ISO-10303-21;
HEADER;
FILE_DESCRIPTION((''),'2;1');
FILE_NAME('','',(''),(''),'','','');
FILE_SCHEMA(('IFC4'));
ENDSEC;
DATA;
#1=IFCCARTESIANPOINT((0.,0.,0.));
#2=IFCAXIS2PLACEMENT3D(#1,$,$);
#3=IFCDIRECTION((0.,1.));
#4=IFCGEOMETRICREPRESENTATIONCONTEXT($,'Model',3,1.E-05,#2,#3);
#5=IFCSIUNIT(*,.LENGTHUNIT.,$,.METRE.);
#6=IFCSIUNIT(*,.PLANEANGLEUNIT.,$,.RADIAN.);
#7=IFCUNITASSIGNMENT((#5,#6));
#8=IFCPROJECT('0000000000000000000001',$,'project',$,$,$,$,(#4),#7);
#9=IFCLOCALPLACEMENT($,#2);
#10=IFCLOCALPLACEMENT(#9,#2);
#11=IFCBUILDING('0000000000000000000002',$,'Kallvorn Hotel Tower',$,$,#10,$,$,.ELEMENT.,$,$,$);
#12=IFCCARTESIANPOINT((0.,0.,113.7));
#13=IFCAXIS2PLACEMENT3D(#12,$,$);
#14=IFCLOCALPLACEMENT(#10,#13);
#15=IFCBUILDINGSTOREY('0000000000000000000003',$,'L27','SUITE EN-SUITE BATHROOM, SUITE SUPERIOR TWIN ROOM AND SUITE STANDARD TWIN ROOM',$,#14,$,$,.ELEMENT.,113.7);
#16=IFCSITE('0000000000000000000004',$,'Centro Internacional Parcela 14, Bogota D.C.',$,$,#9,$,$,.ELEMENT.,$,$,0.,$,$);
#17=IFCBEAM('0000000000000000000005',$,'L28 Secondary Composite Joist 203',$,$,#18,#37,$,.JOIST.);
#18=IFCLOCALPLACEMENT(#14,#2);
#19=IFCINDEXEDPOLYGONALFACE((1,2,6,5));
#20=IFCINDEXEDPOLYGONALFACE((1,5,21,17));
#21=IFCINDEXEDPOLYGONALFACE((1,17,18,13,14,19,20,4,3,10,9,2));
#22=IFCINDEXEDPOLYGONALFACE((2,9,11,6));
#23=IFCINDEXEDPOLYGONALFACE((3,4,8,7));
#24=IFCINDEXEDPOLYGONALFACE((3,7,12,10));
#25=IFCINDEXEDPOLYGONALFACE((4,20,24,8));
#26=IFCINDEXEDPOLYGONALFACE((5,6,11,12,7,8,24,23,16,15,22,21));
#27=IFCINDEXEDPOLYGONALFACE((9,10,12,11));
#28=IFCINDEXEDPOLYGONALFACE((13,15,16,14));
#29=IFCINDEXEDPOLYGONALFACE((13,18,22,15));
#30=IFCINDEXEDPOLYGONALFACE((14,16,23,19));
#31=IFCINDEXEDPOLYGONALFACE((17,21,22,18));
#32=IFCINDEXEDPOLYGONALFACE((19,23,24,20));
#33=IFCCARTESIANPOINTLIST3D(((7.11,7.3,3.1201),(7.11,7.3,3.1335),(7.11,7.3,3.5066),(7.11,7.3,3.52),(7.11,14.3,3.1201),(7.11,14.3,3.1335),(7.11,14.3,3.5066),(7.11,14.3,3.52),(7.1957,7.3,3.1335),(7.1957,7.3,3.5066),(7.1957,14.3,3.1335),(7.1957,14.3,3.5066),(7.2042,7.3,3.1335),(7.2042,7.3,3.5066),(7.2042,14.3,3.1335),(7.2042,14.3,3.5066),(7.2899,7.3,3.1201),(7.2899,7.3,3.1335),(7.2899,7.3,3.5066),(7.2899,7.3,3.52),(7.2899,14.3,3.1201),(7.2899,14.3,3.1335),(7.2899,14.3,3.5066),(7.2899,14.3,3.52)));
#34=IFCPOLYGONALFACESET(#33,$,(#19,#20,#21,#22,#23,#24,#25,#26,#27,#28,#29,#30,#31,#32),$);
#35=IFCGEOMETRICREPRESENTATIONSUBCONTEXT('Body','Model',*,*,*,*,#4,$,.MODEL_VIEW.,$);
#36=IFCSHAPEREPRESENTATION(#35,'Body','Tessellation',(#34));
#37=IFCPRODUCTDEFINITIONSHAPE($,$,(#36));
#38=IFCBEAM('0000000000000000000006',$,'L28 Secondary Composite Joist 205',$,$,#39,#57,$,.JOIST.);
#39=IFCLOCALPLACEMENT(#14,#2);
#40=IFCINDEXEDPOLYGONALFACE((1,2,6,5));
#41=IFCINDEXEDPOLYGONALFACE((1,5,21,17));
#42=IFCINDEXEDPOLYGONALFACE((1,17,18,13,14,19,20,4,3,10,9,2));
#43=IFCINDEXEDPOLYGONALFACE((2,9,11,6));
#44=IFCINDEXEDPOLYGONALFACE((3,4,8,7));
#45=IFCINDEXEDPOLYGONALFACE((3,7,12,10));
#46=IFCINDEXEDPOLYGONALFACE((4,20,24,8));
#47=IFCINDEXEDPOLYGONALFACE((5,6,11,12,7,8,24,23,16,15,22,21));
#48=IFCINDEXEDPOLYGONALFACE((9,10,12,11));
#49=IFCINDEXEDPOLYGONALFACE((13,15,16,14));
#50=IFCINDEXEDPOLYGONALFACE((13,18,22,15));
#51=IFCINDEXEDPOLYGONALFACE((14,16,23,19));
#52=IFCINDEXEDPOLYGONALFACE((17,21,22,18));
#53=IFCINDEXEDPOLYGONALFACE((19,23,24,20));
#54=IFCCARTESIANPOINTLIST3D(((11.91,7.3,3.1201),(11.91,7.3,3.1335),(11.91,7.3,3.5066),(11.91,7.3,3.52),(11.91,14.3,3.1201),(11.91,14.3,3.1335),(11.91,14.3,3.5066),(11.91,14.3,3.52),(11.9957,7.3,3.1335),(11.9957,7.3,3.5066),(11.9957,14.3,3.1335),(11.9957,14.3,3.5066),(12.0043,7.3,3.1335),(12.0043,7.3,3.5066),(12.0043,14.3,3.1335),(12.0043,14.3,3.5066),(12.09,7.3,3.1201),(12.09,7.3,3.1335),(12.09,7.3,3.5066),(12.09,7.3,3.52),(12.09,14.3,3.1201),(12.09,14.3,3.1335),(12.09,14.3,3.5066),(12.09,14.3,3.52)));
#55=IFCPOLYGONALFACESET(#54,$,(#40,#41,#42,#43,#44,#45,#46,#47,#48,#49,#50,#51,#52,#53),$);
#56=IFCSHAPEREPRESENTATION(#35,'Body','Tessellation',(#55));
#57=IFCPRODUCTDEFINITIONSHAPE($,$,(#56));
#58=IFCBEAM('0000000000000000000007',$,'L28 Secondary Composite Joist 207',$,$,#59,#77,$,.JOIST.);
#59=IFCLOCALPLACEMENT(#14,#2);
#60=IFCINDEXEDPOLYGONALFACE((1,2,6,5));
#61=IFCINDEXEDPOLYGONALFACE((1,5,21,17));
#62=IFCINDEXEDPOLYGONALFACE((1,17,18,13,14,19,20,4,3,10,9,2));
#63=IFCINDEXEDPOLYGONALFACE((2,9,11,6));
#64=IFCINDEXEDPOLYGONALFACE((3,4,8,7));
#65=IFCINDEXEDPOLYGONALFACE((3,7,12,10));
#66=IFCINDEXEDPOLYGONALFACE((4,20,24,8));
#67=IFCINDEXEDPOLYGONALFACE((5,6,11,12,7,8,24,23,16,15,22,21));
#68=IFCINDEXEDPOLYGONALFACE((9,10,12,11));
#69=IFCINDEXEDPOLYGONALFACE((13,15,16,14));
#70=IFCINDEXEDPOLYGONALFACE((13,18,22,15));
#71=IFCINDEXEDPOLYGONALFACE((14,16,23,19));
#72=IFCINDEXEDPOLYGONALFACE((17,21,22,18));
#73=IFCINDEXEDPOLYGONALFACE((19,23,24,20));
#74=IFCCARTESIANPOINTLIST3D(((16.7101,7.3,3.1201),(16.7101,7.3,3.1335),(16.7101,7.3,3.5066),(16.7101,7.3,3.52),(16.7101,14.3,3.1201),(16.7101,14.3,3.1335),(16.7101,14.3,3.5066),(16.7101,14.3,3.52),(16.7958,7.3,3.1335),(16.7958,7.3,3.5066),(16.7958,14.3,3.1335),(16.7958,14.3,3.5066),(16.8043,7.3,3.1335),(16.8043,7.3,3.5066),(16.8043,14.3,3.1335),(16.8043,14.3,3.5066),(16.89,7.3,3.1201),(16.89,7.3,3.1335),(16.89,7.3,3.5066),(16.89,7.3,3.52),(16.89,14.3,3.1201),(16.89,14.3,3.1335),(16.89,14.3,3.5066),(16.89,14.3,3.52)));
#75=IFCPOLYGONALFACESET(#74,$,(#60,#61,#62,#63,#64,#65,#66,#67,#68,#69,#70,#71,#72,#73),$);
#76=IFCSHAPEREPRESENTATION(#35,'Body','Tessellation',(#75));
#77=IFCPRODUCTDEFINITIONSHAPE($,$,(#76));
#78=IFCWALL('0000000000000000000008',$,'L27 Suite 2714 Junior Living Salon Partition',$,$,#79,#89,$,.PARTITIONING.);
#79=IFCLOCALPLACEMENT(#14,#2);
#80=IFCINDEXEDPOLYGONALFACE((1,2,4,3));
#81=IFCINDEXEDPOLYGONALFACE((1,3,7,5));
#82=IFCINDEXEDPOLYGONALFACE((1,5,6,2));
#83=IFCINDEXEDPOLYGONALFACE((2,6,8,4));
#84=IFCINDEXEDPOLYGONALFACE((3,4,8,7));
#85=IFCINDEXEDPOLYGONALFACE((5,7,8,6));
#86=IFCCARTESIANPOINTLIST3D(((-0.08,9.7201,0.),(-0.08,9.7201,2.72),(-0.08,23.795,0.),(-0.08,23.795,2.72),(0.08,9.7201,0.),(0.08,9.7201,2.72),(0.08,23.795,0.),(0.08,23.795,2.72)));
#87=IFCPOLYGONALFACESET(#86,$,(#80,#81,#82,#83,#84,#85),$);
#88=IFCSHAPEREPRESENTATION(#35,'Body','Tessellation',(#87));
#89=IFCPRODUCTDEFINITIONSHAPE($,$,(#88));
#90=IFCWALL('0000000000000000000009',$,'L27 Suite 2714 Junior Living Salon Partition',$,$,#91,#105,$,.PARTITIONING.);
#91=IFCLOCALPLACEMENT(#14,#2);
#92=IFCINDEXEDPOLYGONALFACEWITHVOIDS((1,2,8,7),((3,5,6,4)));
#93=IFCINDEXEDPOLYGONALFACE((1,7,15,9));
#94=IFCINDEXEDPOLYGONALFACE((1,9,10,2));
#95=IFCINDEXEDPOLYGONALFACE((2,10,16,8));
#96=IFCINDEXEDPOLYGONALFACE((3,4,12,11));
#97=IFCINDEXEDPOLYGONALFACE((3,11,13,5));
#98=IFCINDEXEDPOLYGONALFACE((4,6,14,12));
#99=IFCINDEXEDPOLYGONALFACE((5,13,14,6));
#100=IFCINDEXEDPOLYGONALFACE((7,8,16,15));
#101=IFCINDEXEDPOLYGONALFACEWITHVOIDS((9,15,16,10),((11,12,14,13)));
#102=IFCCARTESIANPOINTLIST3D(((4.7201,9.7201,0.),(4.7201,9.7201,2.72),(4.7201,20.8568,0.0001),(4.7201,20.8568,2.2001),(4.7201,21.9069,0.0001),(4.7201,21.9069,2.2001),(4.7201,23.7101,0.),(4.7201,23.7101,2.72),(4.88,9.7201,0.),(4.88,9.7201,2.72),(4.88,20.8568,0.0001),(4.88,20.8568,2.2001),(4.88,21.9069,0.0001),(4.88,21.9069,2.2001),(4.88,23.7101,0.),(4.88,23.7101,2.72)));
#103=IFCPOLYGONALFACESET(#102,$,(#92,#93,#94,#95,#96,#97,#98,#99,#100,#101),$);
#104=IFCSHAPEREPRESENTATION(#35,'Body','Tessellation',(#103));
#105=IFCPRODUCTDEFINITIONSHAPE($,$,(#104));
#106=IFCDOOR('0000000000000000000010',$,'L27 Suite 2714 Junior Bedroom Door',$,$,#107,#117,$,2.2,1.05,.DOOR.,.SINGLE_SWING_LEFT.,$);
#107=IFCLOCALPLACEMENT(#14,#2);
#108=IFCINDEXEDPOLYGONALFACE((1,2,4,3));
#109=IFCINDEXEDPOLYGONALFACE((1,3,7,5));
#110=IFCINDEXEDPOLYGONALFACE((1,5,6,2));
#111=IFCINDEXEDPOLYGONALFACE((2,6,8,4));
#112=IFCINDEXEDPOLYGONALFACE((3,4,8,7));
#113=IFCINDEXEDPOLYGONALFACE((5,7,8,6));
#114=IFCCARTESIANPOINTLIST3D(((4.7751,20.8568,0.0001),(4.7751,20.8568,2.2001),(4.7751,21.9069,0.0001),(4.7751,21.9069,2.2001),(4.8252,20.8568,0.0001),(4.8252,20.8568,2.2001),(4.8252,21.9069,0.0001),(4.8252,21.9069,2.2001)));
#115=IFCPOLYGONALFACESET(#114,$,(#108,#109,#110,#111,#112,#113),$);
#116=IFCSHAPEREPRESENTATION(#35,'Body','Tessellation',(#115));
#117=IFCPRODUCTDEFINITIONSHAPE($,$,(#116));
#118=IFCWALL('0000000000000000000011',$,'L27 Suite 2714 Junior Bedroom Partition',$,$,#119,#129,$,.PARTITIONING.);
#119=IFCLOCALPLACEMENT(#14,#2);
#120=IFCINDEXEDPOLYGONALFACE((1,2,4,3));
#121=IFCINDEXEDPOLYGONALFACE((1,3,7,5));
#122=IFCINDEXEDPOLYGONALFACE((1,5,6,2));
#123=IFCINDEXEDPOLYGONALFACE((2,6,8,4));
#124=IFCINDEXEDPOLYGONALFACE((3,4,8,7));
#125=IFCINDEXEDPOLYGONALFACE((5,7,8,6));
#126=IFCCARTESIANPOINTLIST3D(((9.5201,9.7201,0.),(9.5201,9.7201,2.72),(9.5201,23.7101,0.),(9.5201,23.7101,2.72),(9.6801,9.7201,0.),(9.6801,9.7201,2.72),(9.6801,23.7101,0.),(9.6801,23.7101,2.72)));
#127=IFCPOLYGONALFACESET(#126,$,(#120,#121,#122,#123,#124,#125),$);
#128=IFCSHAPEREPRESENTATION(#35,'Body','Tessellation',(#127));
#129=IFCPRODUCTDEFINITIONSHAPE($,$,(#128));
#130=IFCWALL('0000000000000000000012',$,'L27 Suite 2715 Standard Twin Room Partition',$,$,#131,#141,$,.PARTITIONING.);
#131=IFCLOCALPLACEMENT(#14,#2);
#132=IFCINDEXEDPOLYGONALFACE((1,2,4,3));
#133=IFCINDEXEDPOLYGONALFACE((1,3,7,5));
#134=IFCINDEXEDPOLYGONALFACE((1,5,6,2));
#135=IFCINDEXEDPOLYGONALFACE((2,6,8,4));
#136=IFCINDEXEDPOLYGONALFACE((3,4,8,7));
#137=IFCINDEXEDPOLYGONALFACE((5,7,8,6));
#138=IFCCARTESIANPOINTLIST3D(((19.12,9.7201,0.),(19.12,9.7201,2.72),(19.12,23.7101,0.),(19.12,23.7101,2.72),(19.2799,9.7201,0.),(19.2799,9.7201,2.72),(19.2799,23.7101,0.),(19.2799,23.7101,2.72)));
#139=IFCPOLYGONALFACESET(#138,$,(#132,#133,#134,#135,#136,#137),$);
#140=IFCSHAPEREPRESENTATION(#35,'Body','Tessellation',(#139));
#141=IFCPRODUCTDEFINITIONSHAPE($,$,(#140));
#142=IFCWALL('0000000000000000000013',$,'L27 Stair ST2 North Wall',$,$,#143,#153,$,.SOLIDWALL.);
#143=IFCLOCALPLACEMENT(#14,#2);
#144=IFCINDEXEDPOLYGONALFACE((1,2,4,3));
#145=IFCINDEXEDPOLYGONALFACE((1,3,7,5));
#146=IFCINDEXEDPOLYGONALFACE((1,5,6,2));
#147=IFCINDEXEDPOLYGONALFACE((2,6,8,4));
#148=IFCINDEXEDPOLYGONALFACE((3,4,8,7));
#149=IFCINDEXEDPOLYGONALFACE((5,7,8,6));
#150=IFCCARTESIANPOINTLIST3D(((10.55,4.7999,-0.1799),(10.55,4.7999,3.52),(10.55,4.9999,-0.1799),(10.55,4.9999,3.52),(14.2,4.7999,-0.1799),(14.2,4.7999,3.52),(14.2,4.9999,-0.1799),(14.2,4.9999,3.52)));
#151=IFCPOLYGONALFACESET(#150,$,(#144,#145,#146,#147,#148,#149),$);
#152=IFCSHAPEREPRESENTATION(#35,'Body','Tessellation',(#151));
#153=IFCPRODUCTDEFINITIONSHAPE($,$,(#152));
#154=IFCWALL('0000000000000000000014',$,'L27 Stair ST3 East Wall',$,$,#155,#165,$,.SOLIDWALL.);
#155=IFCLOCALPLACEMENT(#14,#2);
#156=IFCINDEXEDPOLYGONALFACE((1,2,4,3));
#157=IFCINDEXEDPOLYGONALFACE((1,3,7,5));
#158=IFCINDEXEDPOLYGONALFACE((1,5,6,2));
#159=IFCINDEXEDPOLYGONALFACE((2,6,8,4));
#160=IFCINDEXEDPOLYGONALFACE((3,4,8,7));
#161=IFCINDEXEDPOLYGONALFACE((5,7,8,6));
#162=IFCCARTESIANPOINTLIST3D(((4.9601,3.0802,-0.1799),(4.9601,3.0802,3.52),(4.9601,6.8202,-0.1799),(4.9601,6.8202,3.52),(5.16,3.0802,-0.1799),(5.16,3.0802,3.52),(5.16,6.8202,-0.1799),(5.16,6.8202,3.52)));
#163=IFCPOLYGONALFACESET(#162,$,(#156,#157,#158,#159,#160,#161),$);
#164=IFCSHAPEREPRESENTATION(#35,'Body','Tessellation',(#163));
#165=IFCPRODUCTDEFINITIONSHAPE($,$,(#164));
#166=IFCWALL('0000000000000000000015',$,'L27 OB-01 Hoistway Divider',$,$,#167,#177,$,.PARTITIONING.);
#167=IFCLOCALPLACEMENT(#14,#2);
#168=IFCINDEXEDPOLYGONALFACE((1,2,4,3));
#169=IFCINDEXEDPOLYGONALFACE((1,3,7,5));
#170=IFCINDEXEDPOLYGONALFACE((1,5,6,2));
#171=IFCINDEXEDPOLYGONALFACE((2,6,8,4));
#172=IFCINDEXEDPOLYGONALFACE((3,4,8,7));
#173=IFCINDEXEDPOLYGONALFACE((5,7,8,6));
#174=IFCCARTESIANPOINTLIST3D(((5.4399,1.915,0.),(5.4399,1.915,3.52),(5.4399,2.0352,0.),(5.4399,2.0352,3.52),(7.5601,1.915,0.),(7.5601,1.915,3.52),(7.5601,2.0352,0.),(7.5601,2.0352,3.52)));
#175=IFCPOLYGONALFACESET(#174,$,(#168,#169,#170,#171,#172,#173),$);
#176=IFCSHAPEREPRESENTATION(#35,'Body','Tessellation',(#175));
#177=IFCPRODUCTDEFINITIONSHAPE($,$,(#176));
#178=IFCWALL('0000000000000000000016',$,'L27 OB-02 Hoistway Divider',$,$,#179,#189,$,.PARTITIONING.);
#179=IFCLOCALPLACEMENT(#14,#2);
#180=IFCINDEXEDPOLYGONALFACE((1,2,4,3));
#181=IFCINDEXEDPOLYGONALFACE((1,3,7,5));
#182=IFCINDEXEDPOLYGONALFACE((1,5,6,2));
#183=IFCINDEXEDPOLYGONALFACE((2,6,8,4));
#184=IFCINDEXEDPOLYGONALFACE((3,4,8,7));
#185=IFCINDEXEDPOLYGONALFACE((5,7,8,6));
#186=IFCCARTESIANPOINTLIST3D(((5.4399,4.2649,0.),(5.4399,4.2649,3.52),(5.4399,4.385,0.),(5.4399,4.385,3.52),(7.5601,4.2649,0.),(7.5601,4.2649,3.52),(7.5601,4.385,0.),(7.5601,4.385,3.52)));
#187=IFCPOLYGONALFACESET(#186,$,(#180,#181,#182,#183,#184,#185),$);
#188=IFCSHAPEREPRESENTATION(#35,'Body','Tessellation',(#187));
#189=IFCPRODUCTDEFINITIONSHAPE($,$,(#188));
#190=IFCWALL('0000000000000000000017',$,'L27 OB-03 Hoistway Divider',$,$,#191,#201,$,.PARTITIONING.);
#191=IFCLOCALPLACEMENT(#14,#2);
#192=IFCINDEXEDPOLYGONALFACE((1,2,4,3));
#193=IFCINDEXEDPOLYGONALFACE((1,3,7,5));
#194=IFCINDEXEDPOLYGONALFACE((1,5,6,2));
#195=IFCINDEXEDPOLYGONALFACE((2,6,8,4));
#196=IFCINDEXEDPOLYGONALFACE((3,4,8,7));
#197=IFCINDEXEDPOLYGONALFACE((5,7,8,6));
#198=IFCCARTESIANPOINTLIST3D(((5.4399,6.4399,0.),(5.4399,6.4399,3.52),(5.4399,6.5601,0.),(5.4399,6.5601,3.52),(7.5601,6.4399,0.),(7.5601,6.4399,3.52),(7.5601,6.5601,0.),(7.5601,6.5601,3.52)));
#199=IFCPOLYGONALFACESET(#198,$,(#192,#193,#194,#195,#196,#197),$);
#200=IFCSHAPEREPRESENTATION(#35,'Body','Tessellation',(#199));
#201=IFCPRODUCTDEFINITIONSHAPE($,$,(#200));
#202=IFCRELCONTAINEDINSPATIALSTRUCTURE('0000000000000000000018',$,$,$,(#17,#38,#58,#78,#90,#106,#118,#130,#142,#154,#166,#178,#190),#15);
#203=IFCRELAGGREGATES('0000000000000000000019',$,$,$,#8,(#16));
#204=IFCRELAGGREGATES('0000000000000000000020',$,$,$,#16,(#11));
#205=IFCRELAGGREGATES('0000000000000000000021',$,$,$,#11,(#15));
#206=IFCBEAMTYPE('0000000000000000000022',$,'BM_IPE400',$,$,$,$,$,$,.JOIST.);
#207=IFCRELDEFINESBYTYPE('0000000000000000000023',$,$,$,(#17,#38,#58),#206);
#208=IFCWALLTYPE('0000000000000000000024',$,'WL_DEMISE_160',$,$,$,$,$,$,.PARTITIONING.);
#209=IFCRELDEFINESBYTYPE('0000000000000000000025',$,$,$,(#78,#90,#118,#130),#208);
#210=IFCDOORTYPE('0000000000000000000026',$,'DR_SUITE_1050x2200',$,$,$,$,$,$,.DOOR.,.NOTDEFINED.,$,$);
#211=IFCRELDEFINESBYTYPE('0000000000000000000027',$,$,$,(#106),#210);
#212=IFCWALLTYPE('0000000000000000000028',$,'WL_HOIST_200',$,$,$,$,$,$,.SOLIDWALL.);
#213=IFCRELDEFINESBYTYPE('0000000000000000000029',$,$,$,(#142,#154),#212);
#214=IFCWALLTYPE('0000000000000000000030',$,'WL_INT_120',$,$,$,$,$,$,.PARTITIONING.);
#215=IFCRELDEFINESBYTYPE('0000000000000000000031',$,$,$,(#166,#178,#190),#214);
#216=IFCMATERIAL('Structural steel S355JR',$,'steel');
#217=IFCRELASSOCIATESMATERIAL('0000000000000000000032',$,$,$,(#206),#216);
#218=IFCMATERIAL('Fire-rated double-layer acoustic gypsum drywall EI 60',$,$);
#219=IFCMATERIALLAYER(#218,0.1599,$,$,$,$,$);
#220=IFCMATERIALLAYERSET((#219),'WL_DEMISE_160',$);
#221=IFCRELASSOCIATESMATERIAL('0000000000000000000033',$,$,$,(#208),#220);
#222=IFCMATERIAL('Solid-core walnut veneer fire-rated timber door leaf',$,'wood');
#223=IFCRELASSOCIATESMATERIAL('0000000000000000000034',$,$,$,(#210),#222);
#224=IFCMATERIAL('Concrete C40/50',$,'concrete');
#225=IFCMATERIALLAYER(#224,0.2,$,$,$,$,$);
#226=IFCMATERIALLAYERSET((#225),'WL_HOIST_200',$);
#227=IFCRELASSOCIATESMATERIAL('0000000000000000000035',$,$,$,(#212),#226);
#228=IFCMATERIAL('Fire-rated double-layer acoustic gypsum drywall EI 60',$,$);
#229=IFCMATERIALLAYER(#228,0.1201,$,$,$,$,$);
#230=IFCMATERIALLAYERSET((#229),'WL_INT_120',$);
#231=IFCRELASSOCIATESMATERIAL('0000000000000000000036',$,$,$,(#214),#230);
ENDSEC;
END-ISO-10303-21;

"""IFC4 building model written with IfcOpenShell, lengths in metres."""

from ifc_helpers import new_model, si_unit, direction, frame, frame_2d, origin, origin_2d, place, context, subcontext, project, spatial, rectangle, i_section, extrude, material, layer, layer_set, material_profile, profile_set, type_object, element, fill, save


model = new_model("IFC4")

# Units and contexts
model_context = context("Model", 3, precision=1e-05, world=origin(), true_north=direction((0.0, 1.0)))
body_context = subcontext(model_context, "Body", "Model", "MODEL_VIEW")
ifc_project = project(units=[si_unit("LENGTHUNIT", "METRE"), si_unit("PLANEANGLEUNIT", "RADIAN")], contexts=[model_context])

# Site, building, storey
site_placement = place(None, origin())
site = spatial("IfcSite", under=ifc_project, at=site_placement, Name="Centro Internacional Parcela 14, Bogota D.C.", CompositionType="ELEMENT", RefElevation=0.0)
building_placement = place(site_placement, origin())
building = spatial("IfcBuilding", under=site, at=building_placement, Name="Kallvorn Hotel Tower", CompositionType="ELEMENT")
storey_placement = place(building_placement, frame((0.0, 0.0, 113.7)))
storey = spatial("IfcBuildingStorey", under=building, at=storey_placement, Name="L27", Description="SUITE EN-SUITE BATHROOM, SUITE SUPERIOR TWIN ROOM AND SUITE STANDARD TWIN ROOM", CompositionType="ELEMENT", Elevation=113.7)

# Beams
ifc_material_1 = material(Name="Structural steel S355JR", Category="steel")
ifc_material_profile_1 = material_profile(ifc_material_1, i_section(OverallWidth=0.1799, OverallDepth=0.3999, WebThickness=0.0085, FlangeThickness=0.0134, at=origin_2d()), Name="IPE 400")
ifc_profile_set_1 = profile_set([ifc_material_profile_1], Name="Structural steel S355JR")
beam_type_1 = type_object("IfcBeamType", Name="BM_IPE400", PredefinedType="JOIST", material=ifc_profile_set_1)
for number, where, z_axis, x_axis, name in (
    (1, (7.2, 7.3, 3.3201), (0.0, 1.0, 0.0), (-1.0, 0.0, 0.0), "L28 Secondary Composite Joist 203"),
    (2, (12.0, 7.3, 3.3201), (0.0, 1.0, 0.0), (-1.0, 0.0, 0.0), "L28 Secondary Composite Joist 205"),
    (3, (16.8, 7.3, 3.3201), (0.0, 1.0, 0.0), (-1.0, 0.0, 0.0), "L28 Secondary Composite Joist 207"),
):
    element("IfcBeam", number, at=place(storey_placement, frame(where, z_axis=z_axis, x_axis=x_axis)), inside=storey, type_object=beam_type_1, Name=name, PredefinedType="JOIST", context=body_context, shape_type="SweptSolid", body=[
        extrude(i_section(OverallWidth=0.1799, OverallDepth=0.3999, WebThickness=0.0085, FlangeThickness=0.0134, at=origin_2d()), origin(), (0.0, 0.0, 1.0), 7.0),
    ])

# Wall
ifc_material_2 = material(Name="Fire-rated double-layer acoustic gypsum drywall EI 60")
ifc_layer_1 = layer(ifc_material_2, 0.1599)
ifc_layer_set_1 = layer_set([ifc_layer_1], Name="WL_DEMISE_160")
wall_type_1 = type_object("IfcWallType", Name="WL_DEMISE_160", PredefinedType="PARTITIONING", material=ifc_layer_set_1)
wall_1_placement = place(storey_placement, frame((0.0, 9.72, 0.0), z_axis=(0.0, 0.0, 1.0), x_axis=(0.0, 1.0, 0.0)))
element("IfcWall", 4, at=wall_1_placement, inside=storey, type_object=wall_type_1, Name="L27 Suite 2714 Junior Living Salon Partition", PredefinedType="PARTITIONING", context=body_context, shape_type="SweptSolid", body=[
    extrude(rectangle(XDim=14.075, YDim=0.1599, at=frame_2d((7.0376, 0.0))), origin(), (0.0, 0.0, 1.0), 2.72),
])

# Wall, opening, door
wall_2_placement = place(storey_placement, frame((4.8, 9.72, 0.0), z_axis=(0.0, 0.0, 1.0), x_axis=(0.0, 1.0, 0.0)))
wall_2 = element("IfcWall", 5, at=wall_2_placement, inside=storey, type_object=wall_type_1, Name="L27 Suite 2714 Junior Living Salon Partition", PredefinedType="PARTITIONING", context=body_context, shape_type="SweptSolid", body=[
    extrude(rectangle(XDim=13.99, YDim=0.1599, at=frame_2d((6.9951, 0.0))), origin(), (0.0, 0.0, 1.0), 2.72),
])
opening_1_placement = place(wall_2_placement, frame((11.137, 0.0, 0.0)))
opening_1 = element("IfcOpeningElement", 6, at=opening_1_placement, cuts=wall_2, PredefinedType="OPENING", context=body_context, shape_type="SweptSolid", body=[
    extrude(rectangle(XDim=1.05, YDim=2.2, at=frame_2d((0.5249, 1.1001))), frame((0.0, 0.095, 0.0), z_axis=(0.0, -1.0, 0.0), x_axis=(1.0, 0.0, 0.0)), (0.0, 0.0, 1.0), 0.1899),
])
ifc_material_3 = material(Name="Solid-core walnut veneer fire-rated timber door leaf", Category="wood")
door_type_1 = type_object("IfcDoorType", Name="DR_SUITE_1050x2200", OperationType="NOTDEFINED", PredefinedType="DOOR", material=ifc_material_3)
door_1_placement = place(opening_1_placement, origin())
door_1 = element("IfcDoor", 7, at=door_1_placement, inside=storey, type_object=door_type_1, Name="L27 Suite 2714 Junior Bedroom Door", OperationType="SINGLE_SWING_LEFT", OverallHeight=2.2, OverallWidth=1.05, PredefinedType="DOOR", context=body_context, shape_type="SweptSolid", body=[
    extrude(rectangle(XDim=1.05, YDim=2.2, at=frame_2d((0.5249, 1.1001))), frame((0.0, 0.0249, 0.0), z_axis=(0.0, -1.0, 0.0), x_axis=(1.0, 0.0, 0.0)), (0.0, 0.0, 1.0), 0.05),
])
fill(opening_1, door_1)

# Walls
for number, where, z_axis, x_axis, name in (
    (8, (9.6001, 9.72, 0.0), (0.0, 0.0, 1.0), (0.0, 1.0, 0.0), "L27 Suite 2714 Junior Bedroom Partition"),
    (9, (19.2, 9.72, 0.0), (0.0, 0.0, 1.0), (0.0, 1.0, 0.0), "L27 Suite 2715 Standard Twin Room Partition"),
):
    element("IfcWall", number, at=place(storey_placement, frame(where, z_axis=z_axis, x_axis=x_axis)), inside=storey, type_object=wall_type_1, Name=name, PredefinedType="PARTITIONING", context=body_context, shape_type="SweptSolid", body=[
        extrude(rectangle(XDim=13.99, YDim=0.1599, at=frame_2d((6.9951, 0.0))), origin(), (0.0, 0.0, 1.0), 2.72),
    ])
ifc_material_4 = material(Name="Concrete C40/50", Category="concrete")
ifc_layer_2 = layer(ifc_material_4, 0.2)
ifc_layer_set_2 = layer_set([ifc_layer_2], Name="WL_HOIST_200")
wall_type_2 = type_object("IfcWallType", Name="WL_HOIST_200", PredefinedType="SOLIDWALL", material=ifc_layer_set_2)
wall_3_placement = place(storey_placement, frame((10.55, 4.8999, -0.1799), z_axis=(0.0, 0.0, 1.0), x_axis=(1.0, 0.0, 0.0)))
element("IfcWall", 10, at=wall_3_placement, inside=storey, type_object=wall_type_2, Name="L27 Stair ST2 North Wall", PredefinedType="SOLIDWALL", context=body_context, shape_type="SweptSolid", body=[
    extrude(rectangle(XDim=3.6499, YDim=0.2, at=frame_2d((1.825, 0.0))), origin(), (0.0, 0.0, 1.0), 3.7),
])
wall_4_placement = place(storey_placement, frame((5.0601, 3.0801, -0.1799), z_axis=(0.0, 0.0, 1.0), x_axis=(0.0, 1.0, 0.0)))
element("IfcWall", 11, at=wall_4_placement, inside=storey, type_object=wall_type_2, Name="L27 Stair ST3 East Wall", PredefinedType="SOLIDWALL", context=body_context, shape_type="SweptSolid", body=[
    extrude(rectangle(XDim=3.74, YDim=0.2, at=frame_2d((1.8701, 0.0))), origin(), (0.0, 0.0, 1.0), 3.7),
])
ifc_material_5 = material(Name="Fire-rated double-layer acoustic gypsum drywall EI 60")
ifc_layer_3 = layer(ifc_material_5, 0.1201)
ifc_layer_set_3 = layer_set([ifc_layer_3], Name="WL_INT_120")
wall_type_3 = type_object("IfcWallType", Name="WL_INT_120", PredefinedType="PARTITIONING", material=ifc_layer_set_3)
for number, where, z_axis, x_axis, name in (
    (12, (5.4399, 1.9751, 0.0), (0.0, 0.0, 1.0), (1.0, 0.0, 0.0), "L27 OB-01 Hoistway Divider"),
    (13, (5.4399, 4.325, 0.0), (0.0, 0.0, 1.0), (1.0, 0.0, 0.0), "L27 OB-02 Hoistway Divider"),
    (14, (5.4399, 6.5, 0.0), (0.0, 0.0, 1.0), (1.0, 0.0, 0.0), "L27 OB-03 Hoistway Divider"),
):
    element("IfcWall", number, at=place(storey_placement, frame(where, z_axis=z_axis, x_axis=x_axis)), inside=storey, type_object=wall_type_3, Name=name, PredefinedType="PARTITIONING", context=body_context, shape_type="SweptSolid", body=[
        extrude(rectangle(XDim=2.1201, YDim=0.1201, at=frame_2d((1.0601, 0.0))), origin(), (0.0, 0.0, 1.0), 3.52),
    ])

save(model, "model.ifc")
